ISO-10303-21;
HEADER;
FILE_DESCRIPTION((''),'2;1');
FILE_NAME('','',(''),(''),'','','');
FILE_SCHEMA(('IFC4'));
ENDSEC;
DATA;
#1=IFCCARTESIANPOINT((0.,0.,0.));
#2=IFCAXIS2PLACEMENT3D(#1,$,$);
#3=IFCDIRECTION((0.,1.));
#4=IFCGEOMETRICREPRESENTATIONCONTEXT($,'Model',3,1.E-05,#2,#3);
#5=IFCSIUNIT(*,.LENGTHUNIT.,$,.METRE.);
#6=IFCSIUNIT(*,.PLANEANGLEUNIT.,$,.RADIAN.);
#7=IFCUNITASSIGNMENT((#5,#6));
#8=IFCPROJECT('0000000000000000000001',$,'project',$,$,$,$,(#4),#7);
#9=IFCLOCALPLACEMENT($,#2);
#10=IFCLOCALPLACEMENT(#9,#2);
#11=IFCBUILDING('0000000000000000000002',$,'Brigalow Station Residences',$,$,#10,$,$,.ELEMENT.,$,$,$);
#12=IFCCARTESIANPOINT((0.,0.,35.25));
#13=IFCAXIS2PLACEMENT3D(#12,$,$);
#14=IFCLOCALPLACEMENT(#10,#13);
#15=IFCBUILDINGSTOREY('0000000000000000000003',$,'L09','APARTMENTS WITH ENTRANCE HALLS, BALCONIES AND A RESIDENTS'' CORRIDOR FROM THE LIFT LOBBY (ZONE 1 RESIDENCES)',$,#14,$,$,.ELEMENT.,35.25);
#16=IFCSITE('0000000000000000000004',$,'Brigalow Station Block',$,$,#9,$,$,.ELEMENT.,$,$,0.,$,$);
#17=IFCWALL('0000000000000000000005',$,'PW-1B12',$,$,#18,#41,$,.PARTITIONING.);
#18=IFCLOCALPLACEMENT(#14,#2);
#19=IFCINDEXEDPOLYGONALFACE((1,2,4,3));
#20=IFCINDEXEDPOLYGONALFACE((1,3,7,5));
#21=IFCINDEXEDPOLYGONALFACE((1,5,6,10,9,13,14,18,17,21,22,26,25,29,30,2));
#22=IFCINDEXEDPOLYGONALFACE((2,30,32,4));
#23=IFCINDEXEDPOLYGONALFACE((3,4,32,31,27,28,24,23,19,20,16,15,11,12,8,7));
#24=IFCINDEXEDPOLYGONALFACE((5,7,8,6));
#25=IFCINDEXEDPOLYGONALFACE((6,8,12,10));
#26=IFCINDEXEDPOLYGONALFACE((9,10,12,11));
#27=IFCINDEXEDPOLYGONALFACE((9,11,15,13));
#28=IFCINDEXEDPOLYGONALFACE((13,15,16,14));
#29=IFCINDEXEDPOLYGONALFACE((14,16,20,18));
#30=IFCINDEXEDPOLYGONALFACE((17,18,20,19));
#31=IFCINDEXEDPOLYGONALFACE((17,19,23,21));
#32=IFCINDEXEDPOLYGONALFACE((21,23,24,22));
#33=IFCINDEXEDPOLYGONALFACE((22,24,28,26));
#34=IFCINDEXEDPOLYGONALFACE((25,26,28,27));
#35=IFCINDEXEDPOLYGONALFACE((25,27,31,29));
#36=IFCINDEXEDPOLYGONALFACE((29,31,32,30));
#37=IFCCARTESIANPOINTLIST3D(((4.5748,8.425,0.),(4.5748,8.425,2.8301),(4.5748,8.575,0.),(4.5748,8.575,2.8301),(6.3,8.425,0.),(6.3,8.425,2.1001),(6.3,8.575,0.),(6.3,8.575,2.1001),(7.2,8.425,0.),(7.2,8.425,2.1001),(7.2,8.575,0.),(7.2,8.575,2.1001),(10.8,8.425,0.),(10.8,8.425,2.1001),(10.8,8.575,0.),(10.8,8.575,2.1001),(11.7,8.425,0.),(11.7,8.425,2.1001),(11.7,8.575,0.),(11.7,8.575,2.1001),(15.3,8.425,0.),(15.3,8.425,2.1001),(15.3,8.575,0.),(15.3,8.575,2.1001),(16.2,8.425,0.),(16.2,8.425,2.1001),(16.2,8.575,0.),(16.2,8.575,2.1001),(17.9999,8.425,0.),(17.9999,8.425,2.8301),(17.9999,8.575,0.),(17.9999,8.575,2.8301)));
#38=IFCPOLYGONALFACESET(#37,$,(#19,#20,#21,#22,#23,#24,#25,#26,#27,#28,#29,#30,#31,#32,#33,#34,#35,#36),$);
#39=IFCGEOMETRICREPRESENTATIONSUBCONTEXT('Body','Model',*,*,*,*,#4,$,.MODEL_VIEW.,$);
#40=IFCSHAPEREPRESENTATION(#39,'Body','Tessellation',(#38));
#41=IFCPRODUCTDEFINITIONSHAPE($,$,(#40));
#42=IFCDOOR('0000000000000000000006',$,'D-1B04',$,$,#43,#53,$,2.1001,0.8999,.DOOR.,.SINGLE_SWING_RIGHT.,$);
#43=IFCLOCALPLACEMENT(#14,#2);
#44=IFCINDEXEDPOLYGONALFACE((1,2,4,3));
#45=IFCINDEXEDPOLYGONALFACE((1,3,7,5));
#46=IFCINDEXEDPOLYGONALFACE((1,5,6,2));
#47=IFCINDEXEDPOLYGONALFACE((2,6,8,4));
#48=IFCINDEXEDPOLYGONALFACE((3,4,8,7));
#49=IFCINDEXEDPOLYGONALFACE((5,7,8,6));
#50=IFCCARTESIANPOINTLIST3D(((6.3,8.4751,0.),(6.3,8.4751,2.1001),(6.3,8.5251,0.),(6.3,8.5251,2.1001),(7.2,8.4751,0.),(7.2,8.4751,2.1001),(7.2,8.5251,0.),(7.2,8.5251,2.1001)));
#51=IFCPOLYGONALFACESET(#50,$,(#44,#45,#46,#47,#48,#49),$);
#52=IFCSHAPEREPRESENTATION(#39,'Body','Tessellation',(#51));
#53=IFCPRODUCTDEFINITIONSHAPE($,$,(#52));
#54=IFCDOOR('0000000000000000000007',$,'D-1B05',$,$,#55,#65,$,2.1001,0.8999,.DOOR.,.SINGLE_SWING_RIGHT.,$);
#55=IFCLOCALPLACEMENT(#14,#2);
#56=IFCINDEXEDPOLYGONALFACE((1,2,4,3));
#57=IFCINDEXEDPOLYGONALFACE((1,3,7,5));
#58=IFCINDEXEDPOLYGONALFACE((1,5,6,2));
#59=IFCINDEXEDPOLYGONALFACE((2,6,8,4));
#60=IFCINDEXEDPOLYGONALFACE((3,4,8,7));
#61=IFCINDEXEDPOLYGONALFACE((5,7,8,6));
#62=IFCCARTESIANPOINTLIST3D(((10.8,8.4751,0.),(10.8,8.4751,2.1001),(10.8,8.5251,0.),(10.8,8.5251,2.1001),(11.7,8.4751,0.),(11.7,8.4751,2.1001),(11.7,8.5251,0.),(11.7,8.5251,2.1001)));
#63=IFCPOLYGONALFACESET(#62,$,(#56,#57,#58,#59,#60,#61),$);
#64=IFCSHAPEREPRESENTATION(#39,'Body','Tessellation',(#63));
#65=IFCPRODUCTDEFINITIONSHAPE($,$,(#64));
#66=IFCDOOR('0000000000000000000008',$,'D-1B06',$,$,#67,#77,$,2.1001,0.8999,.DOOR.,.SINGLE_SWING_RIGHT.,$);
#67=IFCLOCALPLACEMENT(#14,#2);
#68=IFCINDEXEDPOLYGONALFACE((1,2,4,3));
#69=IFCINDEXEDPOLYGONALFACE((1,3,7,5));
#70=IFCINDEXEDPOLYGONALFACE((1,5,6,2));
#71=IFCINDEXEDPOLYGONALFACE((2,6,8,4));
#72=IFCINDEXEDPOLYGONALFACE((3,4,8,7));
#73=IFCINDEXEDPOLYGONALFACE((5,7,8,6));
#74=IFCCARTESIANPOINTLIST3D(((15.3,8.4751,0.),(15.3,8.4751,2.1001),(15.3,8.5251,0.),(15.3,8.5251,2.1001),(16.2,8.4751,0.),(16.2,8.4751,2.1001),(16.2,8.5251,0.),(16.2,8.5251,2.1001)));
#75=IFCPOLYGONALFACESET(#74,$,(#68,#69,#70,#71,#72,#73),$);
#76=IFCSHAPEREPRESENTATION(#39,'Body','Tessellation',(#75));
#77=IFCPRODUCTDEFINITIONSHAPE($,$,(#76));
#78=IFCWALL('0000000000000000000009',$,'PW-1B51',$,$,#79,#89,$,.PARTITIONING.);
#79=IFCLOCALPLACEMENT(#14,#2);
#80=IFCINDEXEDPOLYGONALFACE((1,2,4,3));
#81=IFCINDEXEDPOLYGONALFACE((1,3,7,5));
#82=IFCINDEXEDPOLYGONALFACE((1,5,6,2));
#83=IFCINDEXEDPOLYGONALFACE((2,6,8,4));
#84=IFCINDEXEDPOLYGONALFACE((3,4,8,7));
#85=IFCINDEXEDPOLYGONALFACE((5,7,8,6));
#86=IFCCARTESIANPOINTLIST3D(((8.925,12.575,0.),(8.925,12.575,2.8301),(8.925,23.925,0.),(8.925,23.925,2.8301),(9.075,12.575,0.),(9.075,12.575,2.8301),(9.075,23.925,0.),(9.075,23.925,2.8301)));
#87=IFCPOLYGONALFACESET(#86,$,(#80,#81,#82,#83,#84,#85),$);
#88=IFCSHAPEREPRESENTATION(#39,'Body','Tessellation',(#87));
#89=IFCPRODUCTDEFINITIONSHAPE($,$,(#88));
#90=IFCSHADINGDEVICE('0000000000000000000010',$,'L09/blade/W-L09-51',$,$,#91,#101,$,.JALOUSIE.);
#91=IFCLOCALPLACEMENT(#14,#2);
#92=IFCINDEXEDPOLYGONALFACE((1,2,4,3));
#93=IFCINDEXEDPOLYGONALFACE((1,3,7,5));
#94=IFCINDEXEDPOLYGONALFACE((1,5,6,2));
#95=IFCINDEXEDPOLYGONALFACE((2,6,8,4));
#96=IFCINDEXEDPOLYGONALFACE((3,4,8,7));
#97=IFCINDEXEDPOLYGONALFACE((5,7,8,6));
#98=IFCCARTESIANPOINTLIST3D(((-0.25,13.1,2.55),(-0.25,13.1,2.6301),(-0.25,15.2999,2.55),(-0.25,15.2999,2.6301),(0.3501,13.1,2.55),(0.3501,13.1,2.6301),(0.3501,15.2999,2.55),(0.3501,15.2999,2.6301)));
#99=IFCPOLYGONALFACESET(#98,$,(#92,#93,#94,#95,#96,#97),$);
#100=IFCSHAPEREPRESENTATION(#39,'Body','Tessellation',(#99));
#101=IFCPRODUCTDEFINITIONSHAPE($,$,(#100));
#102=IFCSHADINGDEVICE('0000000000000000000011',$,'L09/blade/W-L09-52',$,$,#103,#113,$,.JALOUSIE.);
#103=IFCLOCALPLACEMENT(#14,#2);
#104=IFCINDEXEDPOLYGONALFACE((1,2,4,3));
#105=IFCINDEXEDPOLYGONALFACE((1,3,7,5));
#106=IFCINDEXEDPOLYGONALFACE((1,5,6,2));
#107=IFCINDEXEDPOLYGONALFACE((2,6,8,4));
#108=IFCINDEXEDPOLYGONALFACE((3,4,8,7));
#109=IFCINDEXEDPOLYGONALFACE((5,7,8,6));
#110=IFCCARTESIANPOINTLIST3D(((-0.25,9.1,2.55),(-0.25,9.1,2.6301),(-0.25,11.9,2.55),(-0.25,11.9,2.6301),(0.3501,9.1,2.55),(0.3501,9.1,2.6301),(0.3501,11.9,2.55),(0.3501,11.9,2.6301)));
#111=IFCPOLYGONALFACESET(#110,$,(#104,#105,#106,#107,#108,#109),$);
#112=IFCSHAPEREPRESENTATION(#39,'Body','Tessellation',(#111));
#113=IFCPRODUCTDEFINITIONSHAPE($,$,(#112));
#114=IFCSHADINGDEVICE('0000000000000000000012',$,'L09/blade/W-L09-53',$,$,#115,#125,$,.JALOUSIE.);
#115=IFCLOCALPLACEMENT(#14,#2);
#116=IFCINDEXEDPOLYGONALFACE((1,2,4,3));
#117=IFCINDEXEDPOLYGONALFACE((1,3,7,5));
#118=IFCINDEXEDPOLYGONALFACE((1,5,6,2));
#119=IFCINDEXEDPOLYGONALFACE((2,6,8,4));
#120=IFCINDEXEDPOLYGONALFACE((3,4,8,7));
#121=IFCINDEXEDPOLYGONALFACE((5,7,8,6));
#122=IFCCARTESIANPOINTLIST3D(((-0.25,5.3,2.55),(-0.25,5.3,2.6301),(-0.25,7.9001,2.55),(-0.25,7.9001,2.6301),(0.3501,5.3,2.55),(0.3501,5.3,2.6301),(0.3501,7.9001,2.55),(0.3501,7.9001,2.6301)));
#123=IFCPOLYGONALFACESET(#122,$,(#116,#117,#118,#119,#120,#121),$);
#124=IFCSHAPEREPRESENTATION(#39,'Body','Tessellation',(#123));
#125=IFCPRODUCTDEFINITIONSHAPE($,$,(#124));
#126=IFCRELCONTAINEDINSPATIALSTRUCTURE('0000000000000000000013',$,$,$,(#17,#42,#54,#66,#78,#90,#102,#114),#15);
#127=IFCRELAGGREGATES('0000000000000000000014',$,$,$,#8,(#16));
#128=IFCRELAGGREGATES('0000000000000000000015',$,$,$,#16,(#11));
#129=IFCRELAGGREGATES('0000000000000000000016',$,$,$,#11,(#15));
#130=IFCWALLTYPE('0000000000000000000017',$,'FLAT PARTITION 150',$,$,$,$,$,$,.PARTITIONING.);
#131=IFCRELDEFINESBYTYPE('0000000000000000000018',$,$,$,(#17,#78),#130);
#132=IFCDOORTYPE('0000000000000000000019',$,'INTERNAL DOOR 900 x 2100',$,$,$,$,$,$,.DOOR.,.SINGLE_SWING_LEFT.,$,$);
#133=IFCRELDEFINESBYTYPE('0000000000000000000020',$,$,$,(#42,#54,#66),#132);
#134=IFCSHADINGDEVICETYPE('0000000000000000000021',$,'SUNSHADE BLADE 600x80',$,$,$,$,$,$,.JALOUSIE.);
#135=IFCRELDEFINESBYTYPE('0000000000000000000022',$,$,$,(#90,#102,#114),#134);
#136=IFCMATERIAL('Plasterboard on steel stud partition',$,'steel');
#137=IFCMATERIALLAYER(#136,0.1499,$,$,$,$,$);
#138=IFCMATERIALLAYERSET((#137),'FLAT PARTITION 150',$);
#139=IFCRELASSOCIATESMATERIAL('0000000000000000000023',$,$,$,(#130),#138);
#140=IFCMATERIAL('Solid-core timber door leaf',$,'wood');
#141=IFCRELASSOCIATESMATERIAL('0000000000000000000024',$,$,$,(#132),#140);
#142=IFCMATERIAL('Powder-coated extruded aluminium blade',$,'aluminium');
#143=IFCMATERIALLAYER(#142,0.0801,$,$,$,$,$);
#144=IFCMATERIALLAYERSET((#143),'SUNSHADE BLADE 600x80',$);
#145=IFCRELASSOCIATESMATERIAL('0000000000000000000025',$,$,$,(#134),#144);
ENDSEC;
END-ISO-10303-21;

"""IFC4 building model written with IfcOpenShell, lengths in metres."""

from ifc_helpers import new_model, si_unit, direction, frame, frame_2d, origin, origin_2d, place, context, subcontext, project, spatial, rectangle, extrude, material, layer, layer_set, type_object, element, fill, save


model = new_model("IFC4")

# Units and contexts
model_context = context("Model", 3, precision=1e-05, world=origin(), true_north=direction((0.0, 1.0)))
body_context = subcontext(model_context, "Body", "Model", "MODEL_VIEW")
ifc_project = project(units=[si_unit("LENGTHUNIT", "METRE"), si_unit("PLANEANGLEUNIT", "RADIAN")], contexts=[model_context])

# Site, building, storey
site_placement = place(None, origin())
site = spatial("IfcSite", under=ifc_project, at=site_placement, Name="Brigalow Station Block", CompositionType="ELEMENT", RefElevation=0.0)
building_placement = place(site_placement, origin())
building = spatial("IfcBuilding", under=site, at=building_placement, Name="Brigalow Station Residences", CompositionType="ELEMENT")
storey_placement = place(building_placement, frame((0.0, 0.0, 35.25)))
storey = spatial("IfcBuildingStorey", under=building, at=storey_placement, Name="L09", Description="APARTMENTS WITH ENTRANCE HALLS, BALCONIES AND A RESIDENTS' CORRIDOR FROM THE LIFT LOBBY (ZONE 1 RESIDENCES)", CompositionType="ELEMENT", Elevation=35.25)

# Shared definitions
ifc_material_1 = material(Name="Plasterboard on steel stud partition", Category="steel")
ifc_layer_1 = layer(ifc_material_1, 0.1499)
ifc_layer_set_1 = layer_set([ifc_layer_1], Name="FLAT PARTITION 150")
wall_type_1 = type_object("IfcWallType", Name="FLAT PARTITION 150", PredefinedType="PARTITIONING", material=ifc_layer_set_1)
ifc_material_2 = material(Name="Solid-core timber door leaf", Category="wood")
door_type = type_object("IfcDoorType", Name="INTERNAL DOOR 900 x 2100", OperationType="SINGLE_SWING_LEFT", PredefinedType="DOOR", material=ifc_material_2)

# Wall, openings, doors
wall_1_placement = place(storey_placement, frame((4.575, 8.5, 0.0), z_axis=(0.0, 0.0, 1.0), x_axis=(1.0, 0.0, 0.0)))
wall_1 = element("IfcWall", 1, at=wall_1_placement, inside=storey, type_object=wall_type_1, Name="PW-1B12", PredefinedType="PARTITIONING", context=body_context, shape_type="SweptSolid", body=[
    extrude(rectangle(XDim=13.425, YDim=0.1499, at=frame_2d((6.7124, 0.0))), origin(), (0.0, 0.0, 1.0), 2.8301),
])
opening_1_placement = place(wall_1_placement, frame((1.7251, 0.0, 0.0)))
opening_1 = element("IfcOpeningElement", 2, at=opening_1_placement, cuts=wall_1, PredefinedType="OPENING", context=body_context, shape_type="SweptSolid", body=[
    extrude(rectangle(XDim=0.8999, YDim=2.1001, at=frame_2d((0.45, 1.05))), frame((0.0, 0.085, 0.0), z_axis=(0.0, -1.0, 0.0), x_axis=(1.0, 0.0, 0.0)), (0.0, 0.0, 1.0), 0.1699),
])
opening_2_placement = place(wall_1_placement, frame((6.2251, 0.0, 0.0)))
opening_2 = element("IfcOpeningElement", 3, at=opening_2_placement, cuts=wall_1, PredefinedType="OPENING", context=body_context, shape_type="SweptSolid", body=[
    extrude(rectangle(XDim=0.8999, YDim=2.1001, at=frame_2d((0.45, 1.05))), frame((0.0, 0.085, 0.0), z_axis=(0.0, -1.0, 0.0), x_axis=(1.0, 0.0, 0.0)), (0.0, 0.0, 1.0), 0.1699),
])
opening_3_placement = place(wall_1_placement, frame((10.7251, 0.0, 0.0)))
opening_3 = element("IfcOpeningElement", 4, at=opening_3_placement, cuts=wall_1, PredefinedType="OPENING", context=body_context, shape_type="SweptSolid", body=[
    extrude(rectangle(XDim=0.8999, YDim=2.1001, at=frame_2d((0.45, 1.05))), frame((0.0, 0.085, 0.0), z_axis=(0.0, -1.0, 0.0), x_axis=(1.0, 0.0, 0.0)), (0.0, 0.0, 1.0), 0.1699),
])
door_1_placement = place(opening_1_placement, frame((0.8999, 0.0, 0.0), z_axis=(0.0, 0.0, 1.0), x_axis=(-1.0, 0.0, 0.0)))
door_1 = element("IfcDoor", 5, at=door_1_placement, inside=storey, type_object=door_type, Name="D-1B04", OperationType="SINGLE_SWING_RIGHT", OverallHeight=2.1001, OverallWidth=0.8999, PredefinedType="DOOR", context=body_context, shape_type="SweptSolid", body=[
    extrude(rectangle(XDim=0.8999, YDim=2.1001, at=frame_2d((0.45, 1.05))), frame((0.0, 0.0249, 0.0), z_axis=(0.0, -1.0, 0.0), x_axis=(1.0, 0.0, 0.0)), (0.0, 0.0, 1.0), 0.05),
])
fill(opening_1, door_1)
door_2_placement = place(opening_2_placement, frame((0.8999, 0.0, 0.0), z_axis=(0.0, 0.0, 1.0), x_axis=(-1.0, 0.0, 0.0)))
door_2 = element("IfcDoor", 6, at=door_2_placement, inside=storey, type_object=door_type, Name="D-1B05", OperationType="SINGLE_SWING_RIGHT", OverallHeight=2.1001, OverallWidth=0.8999, PredefinedType="DOOR", context=body_context, shape_type="SweptSolid", body=[
    extrude(rectangle(XDim=0.8999, YDim=2.1001, at=frame_2d((0.45, 1.05))), frame((0.0, 0.0249, 0.0), z_axis=(0.0, -1.0, 0.0), x_axis=(1.0, 0.0, 0.0)), (0.0, 0.0, 1.0), 0.05),
])
fill(opening_2, door_2)
door_3_placement = place(opening_3_placement, frame((0.8999, 0.0, 0.0), z_axis=(0.0, 0.0, 1.0), x_axis=(-1.0, 0.0, 0.0)))
door_3 = element("IfcDoor", 7, at=door_3_placement, inside=storey, type_object=door_type, Name="D-1B06", OperationType="SINGLE_SWING_RIGHT", OverallHeight=2.1001, OverallWidth=0.8999, PredefinedType="DOOR", context=body_context, shape_type="SweptSolid", body=[
    extrude(rectangle(XDim=0.8999, YDim=2.1001, at=frame_2d((0.45, 1.05))), frame((0.0, 0.0249, 0.0), z_axis=(0.0, -1.0, 0.0), x_axis=(1.0, 0.0, 0.0)), (0.0, 0.0, 1.0), 0.05),
])
fill(opening_3, door_3)

# Wall
wall_2_placement = place(storey_placement, frame((9.0, 12.575, 0.0), z_axis=(0.0, 0.0, 1.0), x_axis=(0.0, 1.0, 0.0)))
element("IfcWall", 8, at=wall_2_placement, inside=storey, type_object=wall_type_1, Name="PW-1B51", PredefinedType="PARTITIONING", context=body_context, shape_type="SweptSolid", body=[
    extrude(rectangle(XDim=11.3501, YDim=0.1499, at=frame_2d((5.675, 0.0))), origin(), (0.0, 0.0, 1.0), 2.8301),
])

# Shading devices
ifc_material_3 = material(Name="Powder-coated extruded aluminium blade", Category="aluminium")
ifc_layer_2 = layer(ifc_material_3, 0.0801)
ifc_layer_set_2 = layer_set([ifc_layer_2], Name="SUNSHADE BLADE 600x80")
shading_device_type = type_object("IfcShadingDeviceType", Name="SUNSHADE BLADE 600x80", PredefinedType="JALOUSIE", material=ifc_layer_set_2)
shading_device_1_placement = place(storey_placement, frame((0.05, 14.2, 2.55), z_axis=(0.0, 0.0, 1.0), x_axis=(0.0, -1.0, 0.0)))
element("IfcShadingDevice", 9, at=shading_device_1_placement, inside=storey, type_object=shading_device_type, Name="L09/blade/W-L09-51", PredefinedType="JALOUSIE", context=body_context, shape_type="SweptSolid", body=[
    extrude(rectangle(XDim=2.2, YDim=0.6001, at=origin_2d()), origin(), (0.0, 0.0, 1.0), 0.0801),
])
shading_device_2_placement = place(storey_placement, frame((0.05, 10.5, 2.55), z_axis=(0.0, 0.0, 1.0), x_axis=(0.0, -1.0, 0.0)))
element("IfcShadingDevice", 10, at=shading_device_2_placement, inside=storey, type_object=shading_device_type, Name="L09/blade/W-L09-52", PredefinedType="JALOUSIE", context=body_context, shape_type="SweptSolid", body=[
    extrude(rectangle(XDim=2.8, YDim=0.6001, at=origin_2d()), origin(), (0.0, 0.0, 1.0), 0.0801),
])
shading_device_3_placement = place(storey_placement, frame((0.05, 6.6001, 2.55), z_axis=(0.0, 0.0, 1.0), x_axis=(0.0, -1.0, 0.0)))
element("IfcShadingDevice", 11, at=shading_device_3_placement, inside=storey, type_object=shading_device_type, Name="L09/blade/W-L09-53", PredefinedType="JALOUSIE", context=body_context, shape_type="SweptSolid", body=[
    extrude(rectangle(XDim=2.6001, YDim=0.6001, at=origin_2d()), origin(), (0.0, 0.0, 1.0), 0.0801),
])

save(model, "model.ifc")
